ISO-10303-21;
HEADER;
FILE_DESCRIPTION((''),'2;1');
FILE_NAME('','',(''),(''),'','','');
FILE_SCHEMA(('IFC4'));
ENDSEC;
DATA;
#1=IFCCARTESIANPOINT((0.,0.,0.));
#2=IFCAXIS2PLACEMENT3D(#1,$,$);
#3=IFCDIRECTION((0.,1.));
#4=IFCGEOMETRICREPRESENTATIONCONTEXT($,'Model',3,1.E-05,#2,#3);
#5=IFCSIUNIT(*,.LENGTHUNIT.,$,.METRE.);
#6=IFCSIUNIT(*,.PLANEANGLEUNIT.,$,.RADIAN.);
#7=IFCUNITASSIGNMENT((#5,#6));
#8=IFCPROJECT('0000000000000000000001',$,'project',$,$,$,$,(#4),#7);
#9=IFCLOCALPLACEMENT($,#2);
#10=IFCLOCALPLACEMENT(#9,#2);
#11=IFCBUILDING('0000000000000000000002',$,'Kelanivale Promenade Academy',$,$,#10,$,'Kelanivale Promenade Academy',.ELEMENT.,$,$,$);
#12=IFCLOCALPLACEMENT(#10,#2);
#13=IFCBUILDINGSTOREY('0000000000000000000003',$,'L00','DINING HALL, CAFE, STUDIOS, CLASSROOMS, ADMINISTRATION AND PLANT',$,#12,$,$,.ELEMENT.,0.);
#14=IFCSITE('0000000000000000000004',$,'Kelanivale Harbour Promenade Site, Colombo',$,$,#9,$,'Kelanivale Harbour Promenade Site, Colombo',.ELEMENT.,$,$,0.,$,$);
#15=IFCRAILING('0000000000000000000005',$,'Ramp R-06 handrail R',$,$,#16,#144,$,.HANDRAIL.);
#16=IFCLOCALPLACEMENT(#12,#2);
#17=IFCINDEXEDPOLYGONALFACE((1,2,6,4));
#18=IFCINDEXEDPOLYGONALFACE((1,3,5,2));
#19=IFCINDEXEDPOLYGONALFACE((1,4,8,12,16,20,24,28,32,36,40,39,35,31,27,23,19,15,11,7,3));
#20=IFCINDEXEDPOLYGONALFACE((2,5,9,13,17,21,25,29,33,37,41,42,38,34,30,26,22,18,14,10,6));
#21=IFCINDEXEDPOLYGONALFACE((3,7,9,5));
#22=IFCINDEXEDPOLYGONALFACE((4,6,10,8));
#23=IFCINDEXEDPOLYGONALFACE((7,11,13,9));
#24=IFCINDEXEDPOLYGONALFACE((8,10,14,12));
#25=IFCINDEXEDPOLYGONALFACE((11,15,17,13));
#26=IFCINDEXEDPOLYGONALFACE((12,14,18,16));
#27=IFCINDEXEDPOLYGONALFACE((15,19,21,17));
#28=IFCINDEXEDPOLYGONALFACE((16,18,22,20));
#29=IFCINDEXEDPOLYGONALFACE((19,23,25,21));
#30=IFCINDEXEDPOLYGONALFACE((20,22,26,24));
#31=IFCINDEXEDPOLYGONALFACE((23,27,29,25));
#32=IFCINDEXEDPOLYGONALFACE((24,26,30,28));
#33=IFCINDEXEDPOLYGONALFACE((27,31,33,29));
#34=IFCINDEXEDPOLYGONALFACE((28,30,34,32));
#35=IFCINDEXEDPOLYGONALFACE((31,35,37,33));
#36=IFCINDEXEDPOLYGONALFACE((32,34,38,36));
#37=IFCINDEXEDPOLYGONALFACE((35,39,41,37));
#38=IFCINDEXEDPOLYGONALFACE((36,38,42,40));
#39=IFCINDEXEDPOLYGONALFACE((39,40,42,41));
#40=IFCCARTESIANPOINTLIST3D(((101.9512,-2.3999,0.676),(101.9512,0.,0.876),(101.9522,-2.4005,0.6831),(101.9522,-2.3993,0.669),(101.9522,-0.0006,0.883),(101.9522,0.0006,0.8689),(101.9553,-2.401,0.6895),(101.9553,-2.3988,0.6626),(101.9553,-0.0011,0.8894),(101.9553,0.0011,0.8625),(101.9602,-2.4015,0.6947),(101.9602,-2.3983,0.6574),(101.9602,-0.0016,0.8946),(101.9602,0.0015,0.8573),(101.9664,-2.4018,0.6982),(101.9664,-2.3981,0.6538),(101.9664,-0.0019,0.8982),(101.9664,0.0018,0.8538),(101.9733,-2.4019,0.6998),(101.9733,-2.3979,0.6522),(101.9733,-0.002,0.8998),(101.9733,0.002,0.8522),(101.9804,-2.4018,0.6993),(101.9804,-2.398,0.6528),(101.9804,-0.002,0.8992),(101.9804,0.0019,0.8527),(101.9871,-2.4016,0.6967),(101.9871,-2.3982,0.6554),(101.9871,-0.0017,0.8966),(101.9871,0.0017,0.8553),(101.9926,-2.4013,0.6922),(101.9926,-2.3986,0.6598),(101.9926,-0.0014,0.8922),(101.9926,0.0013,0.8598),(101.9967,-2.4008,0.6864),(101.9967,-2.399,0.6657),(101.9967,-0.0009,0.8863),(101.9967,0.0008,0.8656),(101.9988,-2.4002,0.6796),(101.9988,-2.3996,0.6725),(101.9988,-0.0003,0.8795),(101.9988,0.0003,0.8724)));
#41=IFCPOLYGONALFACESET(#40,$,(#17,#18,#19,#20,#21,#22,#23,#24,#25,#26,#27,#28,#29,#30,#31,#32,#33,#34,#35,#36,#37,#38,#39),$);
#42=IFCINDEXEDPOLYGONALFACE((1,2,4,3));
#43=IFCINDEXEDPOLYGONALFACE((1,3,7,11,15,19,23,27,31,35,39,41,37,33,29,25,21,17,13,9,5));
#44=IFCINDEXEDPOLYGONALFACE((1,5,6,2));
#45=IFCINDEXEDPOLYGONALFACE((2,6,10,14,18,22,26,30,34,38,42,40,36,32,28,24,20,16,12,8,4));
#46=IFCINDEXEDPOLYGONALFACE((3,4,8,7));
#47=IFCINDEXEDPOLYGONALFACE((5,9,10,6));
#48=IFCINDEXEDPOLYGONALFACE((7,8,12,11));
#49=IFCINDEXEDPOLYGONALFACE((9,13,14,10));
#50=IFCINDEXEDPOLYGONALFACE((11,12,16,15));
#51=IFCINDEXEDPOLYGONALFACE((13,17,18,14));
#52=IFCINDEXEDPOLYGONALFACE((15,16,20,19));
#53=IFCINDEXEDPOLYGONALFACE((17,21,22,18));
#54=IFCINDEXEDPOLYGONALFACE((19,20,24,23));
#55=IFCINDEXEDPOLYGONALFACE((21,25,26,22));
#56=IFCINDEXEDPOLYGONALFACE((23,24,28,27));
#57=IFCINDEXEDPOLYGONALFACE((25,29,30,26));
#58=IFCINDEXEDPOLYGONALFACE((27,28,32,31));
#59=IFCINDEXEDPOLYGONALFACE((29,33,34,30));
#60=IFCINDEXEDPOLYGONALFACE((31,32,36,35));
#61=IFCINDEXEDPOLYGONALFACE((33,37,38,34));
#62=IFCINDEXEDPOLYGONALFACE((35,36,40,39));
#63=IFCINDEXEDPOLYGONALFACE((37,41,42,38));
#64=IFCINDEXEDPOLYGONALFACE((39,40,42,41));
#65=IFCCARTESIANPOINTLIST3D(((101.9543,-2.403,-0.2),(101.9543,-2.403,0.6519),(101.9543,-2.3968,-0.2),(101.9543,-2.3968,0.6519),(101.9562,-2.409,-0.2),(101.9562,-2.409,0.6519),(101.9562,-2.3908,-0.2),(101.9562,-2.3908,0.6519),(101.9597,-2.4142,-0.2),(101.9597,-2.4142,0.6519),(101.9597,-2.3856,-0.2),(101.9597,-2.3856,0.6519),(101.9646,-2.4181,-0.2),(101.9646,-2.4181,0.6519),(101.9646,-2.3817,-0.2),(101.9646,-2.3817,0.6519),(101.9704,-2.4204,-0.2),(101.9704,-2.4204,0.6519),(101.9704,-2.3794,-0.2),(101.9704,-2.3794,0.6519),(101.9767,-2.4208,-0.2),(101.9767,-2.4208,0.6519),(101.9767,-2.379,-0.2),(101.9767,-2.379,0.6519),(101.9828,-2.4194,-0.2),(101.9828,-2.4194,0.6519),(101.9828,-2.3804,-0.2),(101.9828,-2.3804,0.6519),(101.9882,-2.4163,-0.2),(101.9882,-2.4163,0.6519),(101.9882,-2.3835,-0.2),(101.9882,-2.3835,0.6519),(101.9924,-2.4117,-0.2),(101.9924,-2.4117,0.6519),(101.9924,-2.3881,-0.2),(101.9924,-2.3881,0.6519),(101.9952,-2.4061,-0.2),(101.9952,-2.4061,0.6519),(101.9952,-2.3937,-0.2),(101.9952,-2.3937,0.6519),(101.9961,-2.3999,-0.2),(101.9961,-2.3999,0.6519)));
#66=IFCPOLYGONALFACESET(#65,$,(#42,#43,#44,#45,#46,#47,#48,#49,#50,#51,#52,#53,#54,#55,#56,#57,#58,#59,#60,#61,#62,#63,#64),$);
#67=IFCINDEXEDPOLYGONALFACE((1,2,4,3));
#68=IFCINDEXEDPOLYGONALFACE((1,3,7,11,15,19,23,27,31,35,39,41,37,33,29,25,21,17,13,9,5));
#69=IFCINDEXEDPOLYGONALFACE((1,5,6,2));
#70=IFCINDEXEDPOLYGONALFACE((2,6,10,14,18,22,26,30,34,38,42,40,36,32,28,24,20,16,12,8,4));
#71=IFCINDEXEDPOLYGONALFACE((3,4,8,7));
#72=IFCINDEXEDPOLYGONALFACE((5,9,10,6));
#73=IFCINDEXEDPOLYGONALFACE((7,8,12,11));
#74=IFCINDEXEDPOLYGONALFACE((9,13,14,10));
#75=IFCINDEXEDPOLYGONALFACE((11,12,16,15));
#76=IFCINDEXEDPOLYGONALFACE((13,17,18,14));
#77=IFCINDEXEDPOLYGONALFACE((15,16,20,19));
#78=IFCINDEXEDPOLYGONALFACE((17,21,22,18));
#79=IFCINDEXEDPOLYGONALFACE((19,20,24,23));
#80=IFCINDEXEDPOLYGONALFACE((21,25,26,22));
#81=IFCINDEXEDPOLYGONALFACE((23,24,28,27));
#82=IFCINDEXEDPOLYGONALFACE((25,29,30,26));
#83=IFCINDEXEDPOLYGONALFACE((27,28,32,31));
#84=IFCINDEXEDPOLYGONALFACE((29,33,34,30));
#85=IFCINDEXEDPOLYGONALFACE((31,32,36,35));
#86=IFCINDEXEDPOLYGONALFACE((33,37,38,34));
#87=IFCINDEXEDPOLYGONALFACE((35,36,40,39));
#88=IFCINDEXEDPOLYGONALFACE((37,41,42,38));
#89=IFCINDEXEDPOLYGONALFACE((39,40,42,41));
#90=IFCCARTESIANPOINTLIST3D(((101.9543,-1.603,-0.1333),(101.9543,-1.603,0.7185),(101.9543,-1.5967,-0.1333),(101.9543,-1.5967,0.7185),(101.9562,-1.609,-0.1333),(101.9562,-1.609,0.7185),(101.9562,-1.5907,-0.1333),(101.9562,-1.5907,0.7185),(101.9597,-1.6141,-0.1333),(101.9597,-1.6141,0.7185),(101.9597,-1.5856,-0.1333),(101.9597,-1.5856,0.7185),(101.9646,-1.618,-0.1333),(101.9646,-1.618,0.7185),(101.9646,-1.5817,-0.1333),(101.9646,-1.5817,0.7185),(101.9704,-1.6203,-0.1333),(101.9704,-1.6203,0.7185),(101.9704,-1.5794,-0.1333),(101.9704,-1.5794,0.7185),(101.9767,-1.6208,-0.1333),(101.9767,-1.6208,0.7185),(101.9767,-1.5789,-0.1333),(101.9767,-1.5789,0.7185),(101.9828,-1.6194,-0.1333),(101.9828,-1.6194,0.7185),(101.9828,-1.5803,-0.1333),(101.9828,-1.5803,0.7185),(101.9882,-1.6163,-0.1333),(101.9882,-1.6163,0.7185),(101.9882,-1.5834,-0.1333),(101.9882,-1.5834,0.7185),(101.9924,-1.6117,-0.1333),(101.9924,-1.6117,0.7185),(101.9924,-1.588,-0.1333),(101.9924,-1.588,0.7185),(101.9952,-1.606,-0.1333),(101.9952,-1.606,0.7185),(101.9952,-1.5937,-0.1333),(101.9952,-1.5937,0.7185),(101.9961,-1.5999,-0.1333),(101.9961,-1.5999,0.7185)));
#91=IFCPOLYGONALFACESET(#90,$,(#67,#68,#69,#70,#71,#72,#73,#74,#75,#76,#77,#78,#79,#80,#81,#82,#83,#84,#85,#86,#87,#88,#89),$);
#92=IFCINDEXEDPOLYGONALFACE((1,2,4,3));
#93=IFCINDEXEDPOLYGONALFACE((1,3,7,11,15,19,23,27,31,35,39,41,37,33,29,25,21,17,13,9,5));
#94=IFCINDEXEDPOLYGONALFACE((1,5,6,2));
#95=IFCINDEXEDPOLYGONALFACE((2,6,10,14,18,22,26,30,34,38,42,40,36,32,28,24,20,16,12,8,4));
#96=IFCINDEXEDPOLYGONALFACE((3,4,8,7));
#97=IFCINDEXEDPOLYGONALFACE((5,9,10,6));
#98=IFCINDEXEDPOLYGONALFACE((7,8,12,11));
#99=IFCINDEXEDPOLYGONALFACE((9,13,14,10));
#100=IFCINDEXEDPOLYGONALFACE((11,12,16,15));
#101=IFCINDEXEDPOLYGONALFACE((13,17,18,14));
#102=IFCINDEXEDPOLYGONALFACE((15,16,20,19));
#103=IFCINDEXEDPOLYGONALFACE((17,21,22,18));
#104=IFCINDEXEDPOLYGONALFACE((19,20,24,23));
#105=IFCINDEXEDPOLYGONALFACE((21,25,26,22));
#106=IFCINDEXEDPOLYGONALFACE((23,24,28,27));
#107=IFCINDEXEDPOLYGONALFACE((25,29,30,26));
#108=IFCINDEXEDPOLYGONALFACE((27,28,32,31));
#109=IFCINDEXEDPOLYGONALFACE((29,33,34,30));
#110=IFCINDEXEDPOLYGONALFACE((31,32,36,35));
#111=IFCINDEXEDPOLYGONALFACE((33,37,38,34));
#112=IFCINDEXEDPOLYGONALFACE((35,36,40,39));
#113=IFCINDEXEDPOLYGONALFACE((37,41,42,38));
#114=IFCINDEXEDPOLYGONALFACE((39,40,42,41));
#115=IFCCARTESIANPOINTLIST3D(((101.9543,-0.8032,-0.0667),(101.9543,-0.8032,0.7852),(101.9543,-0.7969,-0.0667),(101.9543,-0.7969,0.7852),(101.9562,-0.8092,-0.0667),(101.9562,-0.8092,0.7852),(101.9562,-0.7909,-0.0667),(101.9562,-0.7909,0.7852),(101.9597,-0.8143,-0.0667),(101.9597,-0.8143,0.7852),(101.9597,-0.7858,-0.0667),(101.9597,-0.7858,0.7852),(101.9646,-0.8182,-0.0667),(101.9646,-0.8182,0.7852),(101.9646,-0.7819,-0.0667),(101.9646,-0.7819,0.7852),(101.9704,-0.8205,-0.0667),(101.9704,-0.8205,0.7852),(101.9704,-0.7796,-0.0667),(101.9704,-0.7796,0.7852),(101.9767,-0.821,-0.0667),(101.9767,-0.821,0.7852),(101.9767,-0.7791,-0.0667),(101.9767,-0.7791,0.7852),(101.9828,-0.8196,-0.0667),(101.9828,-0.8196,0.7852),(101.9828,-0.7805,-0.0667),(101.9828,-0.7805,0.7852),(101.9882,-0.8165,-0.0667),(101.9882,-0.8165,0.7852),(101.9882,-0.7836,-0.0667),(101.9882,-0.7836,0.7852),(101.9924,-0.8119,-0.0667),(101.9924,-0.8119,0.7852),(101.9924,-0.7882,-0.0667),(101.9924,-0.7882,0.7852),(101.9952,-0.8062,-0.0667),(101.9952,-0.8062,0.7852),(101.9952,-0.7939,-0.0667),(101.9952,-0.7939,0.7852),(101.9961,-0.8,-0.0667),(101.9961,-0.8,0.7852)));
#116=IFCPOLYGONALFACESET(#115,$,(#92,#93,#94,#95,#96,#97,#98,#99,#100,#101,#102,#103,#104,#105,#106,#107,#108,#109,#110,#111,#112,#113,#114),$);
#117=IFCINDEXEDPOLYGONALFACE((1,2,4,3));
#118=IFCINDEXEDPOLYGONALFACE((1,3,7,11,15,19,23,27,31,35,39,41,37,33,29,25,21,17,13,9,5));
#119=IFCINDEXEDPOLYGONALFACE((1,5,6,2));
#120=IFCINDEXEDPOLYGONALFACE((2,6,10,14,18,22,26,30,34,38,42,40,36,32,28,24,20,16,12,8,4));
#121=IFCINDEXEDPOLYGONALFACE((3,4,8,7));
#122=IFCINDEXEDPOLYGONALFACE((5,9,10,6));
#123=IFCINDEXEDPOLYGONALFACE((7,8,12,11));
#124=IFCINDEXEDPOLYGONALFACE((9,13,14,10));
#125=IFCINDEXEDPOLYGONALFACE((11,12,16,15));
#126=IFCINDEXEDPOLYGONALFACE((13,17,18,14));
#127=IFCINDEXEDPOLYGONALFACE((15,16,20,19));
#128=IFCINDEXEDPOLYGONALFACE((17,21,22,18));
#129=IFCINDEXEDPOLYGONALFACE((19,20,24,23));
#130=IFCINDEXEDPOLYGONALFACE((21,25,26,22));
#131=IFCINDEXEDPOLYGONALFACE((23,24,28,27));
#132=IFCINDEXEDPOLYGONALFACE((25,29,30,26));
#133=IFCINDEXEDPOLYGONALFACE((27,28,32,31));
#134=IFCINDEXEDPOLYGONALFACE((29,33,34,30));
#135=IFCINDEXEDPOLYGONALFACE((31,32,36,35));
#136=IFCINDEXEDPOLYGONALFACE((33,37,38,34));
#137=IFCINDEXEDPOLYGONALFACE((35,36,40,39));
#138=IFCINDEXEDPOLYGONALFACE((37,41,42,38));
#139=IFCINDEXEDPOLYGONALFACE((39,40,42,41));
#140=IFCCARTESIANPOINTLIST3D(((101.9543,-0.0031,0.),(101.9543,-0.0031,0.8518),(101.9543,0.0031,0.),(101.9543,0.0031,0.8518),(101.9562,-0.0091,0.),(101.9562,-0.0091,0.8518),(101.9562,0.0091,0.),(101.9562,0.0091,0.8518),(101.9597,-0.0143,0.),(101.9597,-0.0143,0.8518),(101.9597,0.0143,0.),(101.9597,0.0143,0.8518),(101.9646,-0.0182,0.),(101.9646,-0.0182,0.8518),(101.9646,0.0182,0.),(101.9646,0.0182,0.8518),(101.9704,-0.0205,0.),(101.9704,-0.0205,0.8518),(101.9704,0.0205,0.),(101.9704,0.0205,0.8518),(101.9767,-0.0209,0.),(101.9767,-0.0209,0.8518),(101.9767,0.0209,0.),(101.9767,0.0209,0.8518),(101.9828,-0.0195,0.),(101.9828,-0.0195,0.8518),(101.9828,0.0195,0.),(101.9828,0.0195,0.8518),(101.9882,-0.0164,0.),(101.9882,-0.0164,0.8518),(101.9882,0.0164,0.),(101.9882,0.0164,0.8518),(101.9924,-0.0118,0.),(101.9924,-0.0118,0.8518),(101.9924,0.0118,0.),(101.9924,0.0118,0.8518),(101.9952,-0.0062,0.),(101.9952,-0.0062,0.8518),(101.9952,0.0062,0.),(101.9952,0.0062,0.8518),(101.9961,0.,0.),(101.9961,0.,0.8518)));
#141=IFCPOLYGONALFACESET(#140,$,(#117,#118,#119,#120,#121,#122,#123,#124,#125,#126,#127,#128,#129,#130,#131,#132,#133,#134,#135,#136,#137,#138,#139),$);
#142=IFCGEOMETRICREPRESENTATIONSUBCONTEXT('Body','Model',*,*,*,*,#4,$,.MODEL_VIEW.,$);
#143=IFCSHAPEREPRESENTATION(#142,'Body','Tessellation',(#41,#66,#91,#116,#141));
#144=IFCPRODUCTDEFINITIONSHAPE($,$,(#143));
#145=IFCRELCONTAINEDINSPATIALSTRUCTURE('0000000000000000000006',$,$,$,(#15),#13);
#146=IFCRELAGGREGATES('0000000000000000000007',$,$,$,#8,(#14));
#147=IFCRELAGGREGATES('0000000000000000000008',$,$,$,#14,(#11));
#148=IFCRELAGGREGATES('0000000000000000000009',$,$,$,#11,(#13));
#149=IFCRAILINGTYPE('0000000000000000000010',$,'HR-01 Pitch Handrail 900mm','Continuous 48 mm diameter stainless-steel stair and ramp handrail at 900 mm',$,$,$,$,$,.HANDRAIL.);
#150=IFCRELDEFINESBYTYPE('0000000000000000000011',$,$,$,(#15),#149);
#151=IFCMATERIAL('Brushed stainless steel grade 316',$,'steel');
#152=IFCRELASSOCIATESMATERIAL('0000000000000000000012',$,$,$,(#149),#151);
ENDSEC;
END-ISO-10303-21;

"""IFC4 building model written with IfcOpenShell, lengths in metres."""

from ifc_helpers import new_model, si_unit, direction, frame, origin, origin_2d, place, context, subcontext, project, spatial, circle, extrude, material, type_object, element, save


model = new_model("IFC4")

# Units and contexts
model_context = context("Model", 3, precision=1e-05, world=origin(), true_north=direction((0.0, 1.0)))
body_context = subcontext(model_context, "Body", "Model", "MODEL_VIEW")
ifc_project = project(units=[si_unit("LENGTHUNIT", "METRE"), si_unit("PLANEANGLEUNIT", "RADIAN")], contexts=[model_context])

# Site, building, storey
site_placement = place(None, origin())
site = spatial("IfcSite", under=ifc_project, at=site_placement, Name="Kelanivale Harbour Promenade Site, Colombo", LongName="Kelanivale Harbour Promenade Site, Colombo", CompositionType="ELEMENT", RefElevation=0.0)
building_placement = place(site_placement, origin())
building = spatial("IfcBuilding", under=site, at=building_placement, Name="Kelanivale Promenade Academy", LongName="Kelanivale Promenade Academy", CompositionType="ELEMENT")
storey_placement = place(building_placement, origin())
storey = spatial("IfcBuildingStorey", under=building, at=storey_placement, Name="L00", Description="DINING HALL, CAFE, STUDIOS, CLASSROOMS, ADMINISTRATION AND PLANT", CompositionType="ELEMENT", Elevation=0.0)

# Railing
ifc_material_1 = material(Name="Brushed stainless steel grade 316", Category="steel")
railing_type = type_object("IfcRailingType", Name="HR-01 Pitch Handrail 900mm", Description="Continuous 48 mm diameter stainless-steel stair and ramp handrail at 900 mm", PredefinedType="HANDRAIL", material=ifc_material_1)
railing_placement = place(storey_placement, frame((101.9751, -2.3999, -0.2)))
element("IfcRailing", 1, at=railing_placement, inside=storey, type_object=railing_type, Name="Ramp R-06 handrail R", PredefinedType="HANDRAIL", context=body_context, shape_type="SweptSolid", body=[
    extrude(circle(Radius=0.0239, at=origin_2d()), frame((0.0, 0.0, 0.876), z_axis=(0.0, 0.996547, 0.083029), x_axis=(-1.0, 0.0, 0.0)), (0.0, 0.0, 1.0), 2.4082),
    extrude(circle(Radius=0.021, at=origin_2d()), origin(), (0.0, 0.0, 1.0), 0.8518),
    extrude(circle(Radius=0.021, at=origin_2d()), frame((0.0, 0.8, 0.0667)), (0.0, 0.0, 1.0), 0.8518),
    extrude(circle(Radius=0.021, at=origin_2d()), frame((0.0, 1.5999, 0.1333)), (0.0, 0.0, 1.0), 0.8518),
    extrude(circle(Radius=0.021, at=origin_2d()), frame((0.0, 2.3999, 0.2)), (0.0, 0.0, 1.0), 0.8518),
])

save(model, "model.ifc")
